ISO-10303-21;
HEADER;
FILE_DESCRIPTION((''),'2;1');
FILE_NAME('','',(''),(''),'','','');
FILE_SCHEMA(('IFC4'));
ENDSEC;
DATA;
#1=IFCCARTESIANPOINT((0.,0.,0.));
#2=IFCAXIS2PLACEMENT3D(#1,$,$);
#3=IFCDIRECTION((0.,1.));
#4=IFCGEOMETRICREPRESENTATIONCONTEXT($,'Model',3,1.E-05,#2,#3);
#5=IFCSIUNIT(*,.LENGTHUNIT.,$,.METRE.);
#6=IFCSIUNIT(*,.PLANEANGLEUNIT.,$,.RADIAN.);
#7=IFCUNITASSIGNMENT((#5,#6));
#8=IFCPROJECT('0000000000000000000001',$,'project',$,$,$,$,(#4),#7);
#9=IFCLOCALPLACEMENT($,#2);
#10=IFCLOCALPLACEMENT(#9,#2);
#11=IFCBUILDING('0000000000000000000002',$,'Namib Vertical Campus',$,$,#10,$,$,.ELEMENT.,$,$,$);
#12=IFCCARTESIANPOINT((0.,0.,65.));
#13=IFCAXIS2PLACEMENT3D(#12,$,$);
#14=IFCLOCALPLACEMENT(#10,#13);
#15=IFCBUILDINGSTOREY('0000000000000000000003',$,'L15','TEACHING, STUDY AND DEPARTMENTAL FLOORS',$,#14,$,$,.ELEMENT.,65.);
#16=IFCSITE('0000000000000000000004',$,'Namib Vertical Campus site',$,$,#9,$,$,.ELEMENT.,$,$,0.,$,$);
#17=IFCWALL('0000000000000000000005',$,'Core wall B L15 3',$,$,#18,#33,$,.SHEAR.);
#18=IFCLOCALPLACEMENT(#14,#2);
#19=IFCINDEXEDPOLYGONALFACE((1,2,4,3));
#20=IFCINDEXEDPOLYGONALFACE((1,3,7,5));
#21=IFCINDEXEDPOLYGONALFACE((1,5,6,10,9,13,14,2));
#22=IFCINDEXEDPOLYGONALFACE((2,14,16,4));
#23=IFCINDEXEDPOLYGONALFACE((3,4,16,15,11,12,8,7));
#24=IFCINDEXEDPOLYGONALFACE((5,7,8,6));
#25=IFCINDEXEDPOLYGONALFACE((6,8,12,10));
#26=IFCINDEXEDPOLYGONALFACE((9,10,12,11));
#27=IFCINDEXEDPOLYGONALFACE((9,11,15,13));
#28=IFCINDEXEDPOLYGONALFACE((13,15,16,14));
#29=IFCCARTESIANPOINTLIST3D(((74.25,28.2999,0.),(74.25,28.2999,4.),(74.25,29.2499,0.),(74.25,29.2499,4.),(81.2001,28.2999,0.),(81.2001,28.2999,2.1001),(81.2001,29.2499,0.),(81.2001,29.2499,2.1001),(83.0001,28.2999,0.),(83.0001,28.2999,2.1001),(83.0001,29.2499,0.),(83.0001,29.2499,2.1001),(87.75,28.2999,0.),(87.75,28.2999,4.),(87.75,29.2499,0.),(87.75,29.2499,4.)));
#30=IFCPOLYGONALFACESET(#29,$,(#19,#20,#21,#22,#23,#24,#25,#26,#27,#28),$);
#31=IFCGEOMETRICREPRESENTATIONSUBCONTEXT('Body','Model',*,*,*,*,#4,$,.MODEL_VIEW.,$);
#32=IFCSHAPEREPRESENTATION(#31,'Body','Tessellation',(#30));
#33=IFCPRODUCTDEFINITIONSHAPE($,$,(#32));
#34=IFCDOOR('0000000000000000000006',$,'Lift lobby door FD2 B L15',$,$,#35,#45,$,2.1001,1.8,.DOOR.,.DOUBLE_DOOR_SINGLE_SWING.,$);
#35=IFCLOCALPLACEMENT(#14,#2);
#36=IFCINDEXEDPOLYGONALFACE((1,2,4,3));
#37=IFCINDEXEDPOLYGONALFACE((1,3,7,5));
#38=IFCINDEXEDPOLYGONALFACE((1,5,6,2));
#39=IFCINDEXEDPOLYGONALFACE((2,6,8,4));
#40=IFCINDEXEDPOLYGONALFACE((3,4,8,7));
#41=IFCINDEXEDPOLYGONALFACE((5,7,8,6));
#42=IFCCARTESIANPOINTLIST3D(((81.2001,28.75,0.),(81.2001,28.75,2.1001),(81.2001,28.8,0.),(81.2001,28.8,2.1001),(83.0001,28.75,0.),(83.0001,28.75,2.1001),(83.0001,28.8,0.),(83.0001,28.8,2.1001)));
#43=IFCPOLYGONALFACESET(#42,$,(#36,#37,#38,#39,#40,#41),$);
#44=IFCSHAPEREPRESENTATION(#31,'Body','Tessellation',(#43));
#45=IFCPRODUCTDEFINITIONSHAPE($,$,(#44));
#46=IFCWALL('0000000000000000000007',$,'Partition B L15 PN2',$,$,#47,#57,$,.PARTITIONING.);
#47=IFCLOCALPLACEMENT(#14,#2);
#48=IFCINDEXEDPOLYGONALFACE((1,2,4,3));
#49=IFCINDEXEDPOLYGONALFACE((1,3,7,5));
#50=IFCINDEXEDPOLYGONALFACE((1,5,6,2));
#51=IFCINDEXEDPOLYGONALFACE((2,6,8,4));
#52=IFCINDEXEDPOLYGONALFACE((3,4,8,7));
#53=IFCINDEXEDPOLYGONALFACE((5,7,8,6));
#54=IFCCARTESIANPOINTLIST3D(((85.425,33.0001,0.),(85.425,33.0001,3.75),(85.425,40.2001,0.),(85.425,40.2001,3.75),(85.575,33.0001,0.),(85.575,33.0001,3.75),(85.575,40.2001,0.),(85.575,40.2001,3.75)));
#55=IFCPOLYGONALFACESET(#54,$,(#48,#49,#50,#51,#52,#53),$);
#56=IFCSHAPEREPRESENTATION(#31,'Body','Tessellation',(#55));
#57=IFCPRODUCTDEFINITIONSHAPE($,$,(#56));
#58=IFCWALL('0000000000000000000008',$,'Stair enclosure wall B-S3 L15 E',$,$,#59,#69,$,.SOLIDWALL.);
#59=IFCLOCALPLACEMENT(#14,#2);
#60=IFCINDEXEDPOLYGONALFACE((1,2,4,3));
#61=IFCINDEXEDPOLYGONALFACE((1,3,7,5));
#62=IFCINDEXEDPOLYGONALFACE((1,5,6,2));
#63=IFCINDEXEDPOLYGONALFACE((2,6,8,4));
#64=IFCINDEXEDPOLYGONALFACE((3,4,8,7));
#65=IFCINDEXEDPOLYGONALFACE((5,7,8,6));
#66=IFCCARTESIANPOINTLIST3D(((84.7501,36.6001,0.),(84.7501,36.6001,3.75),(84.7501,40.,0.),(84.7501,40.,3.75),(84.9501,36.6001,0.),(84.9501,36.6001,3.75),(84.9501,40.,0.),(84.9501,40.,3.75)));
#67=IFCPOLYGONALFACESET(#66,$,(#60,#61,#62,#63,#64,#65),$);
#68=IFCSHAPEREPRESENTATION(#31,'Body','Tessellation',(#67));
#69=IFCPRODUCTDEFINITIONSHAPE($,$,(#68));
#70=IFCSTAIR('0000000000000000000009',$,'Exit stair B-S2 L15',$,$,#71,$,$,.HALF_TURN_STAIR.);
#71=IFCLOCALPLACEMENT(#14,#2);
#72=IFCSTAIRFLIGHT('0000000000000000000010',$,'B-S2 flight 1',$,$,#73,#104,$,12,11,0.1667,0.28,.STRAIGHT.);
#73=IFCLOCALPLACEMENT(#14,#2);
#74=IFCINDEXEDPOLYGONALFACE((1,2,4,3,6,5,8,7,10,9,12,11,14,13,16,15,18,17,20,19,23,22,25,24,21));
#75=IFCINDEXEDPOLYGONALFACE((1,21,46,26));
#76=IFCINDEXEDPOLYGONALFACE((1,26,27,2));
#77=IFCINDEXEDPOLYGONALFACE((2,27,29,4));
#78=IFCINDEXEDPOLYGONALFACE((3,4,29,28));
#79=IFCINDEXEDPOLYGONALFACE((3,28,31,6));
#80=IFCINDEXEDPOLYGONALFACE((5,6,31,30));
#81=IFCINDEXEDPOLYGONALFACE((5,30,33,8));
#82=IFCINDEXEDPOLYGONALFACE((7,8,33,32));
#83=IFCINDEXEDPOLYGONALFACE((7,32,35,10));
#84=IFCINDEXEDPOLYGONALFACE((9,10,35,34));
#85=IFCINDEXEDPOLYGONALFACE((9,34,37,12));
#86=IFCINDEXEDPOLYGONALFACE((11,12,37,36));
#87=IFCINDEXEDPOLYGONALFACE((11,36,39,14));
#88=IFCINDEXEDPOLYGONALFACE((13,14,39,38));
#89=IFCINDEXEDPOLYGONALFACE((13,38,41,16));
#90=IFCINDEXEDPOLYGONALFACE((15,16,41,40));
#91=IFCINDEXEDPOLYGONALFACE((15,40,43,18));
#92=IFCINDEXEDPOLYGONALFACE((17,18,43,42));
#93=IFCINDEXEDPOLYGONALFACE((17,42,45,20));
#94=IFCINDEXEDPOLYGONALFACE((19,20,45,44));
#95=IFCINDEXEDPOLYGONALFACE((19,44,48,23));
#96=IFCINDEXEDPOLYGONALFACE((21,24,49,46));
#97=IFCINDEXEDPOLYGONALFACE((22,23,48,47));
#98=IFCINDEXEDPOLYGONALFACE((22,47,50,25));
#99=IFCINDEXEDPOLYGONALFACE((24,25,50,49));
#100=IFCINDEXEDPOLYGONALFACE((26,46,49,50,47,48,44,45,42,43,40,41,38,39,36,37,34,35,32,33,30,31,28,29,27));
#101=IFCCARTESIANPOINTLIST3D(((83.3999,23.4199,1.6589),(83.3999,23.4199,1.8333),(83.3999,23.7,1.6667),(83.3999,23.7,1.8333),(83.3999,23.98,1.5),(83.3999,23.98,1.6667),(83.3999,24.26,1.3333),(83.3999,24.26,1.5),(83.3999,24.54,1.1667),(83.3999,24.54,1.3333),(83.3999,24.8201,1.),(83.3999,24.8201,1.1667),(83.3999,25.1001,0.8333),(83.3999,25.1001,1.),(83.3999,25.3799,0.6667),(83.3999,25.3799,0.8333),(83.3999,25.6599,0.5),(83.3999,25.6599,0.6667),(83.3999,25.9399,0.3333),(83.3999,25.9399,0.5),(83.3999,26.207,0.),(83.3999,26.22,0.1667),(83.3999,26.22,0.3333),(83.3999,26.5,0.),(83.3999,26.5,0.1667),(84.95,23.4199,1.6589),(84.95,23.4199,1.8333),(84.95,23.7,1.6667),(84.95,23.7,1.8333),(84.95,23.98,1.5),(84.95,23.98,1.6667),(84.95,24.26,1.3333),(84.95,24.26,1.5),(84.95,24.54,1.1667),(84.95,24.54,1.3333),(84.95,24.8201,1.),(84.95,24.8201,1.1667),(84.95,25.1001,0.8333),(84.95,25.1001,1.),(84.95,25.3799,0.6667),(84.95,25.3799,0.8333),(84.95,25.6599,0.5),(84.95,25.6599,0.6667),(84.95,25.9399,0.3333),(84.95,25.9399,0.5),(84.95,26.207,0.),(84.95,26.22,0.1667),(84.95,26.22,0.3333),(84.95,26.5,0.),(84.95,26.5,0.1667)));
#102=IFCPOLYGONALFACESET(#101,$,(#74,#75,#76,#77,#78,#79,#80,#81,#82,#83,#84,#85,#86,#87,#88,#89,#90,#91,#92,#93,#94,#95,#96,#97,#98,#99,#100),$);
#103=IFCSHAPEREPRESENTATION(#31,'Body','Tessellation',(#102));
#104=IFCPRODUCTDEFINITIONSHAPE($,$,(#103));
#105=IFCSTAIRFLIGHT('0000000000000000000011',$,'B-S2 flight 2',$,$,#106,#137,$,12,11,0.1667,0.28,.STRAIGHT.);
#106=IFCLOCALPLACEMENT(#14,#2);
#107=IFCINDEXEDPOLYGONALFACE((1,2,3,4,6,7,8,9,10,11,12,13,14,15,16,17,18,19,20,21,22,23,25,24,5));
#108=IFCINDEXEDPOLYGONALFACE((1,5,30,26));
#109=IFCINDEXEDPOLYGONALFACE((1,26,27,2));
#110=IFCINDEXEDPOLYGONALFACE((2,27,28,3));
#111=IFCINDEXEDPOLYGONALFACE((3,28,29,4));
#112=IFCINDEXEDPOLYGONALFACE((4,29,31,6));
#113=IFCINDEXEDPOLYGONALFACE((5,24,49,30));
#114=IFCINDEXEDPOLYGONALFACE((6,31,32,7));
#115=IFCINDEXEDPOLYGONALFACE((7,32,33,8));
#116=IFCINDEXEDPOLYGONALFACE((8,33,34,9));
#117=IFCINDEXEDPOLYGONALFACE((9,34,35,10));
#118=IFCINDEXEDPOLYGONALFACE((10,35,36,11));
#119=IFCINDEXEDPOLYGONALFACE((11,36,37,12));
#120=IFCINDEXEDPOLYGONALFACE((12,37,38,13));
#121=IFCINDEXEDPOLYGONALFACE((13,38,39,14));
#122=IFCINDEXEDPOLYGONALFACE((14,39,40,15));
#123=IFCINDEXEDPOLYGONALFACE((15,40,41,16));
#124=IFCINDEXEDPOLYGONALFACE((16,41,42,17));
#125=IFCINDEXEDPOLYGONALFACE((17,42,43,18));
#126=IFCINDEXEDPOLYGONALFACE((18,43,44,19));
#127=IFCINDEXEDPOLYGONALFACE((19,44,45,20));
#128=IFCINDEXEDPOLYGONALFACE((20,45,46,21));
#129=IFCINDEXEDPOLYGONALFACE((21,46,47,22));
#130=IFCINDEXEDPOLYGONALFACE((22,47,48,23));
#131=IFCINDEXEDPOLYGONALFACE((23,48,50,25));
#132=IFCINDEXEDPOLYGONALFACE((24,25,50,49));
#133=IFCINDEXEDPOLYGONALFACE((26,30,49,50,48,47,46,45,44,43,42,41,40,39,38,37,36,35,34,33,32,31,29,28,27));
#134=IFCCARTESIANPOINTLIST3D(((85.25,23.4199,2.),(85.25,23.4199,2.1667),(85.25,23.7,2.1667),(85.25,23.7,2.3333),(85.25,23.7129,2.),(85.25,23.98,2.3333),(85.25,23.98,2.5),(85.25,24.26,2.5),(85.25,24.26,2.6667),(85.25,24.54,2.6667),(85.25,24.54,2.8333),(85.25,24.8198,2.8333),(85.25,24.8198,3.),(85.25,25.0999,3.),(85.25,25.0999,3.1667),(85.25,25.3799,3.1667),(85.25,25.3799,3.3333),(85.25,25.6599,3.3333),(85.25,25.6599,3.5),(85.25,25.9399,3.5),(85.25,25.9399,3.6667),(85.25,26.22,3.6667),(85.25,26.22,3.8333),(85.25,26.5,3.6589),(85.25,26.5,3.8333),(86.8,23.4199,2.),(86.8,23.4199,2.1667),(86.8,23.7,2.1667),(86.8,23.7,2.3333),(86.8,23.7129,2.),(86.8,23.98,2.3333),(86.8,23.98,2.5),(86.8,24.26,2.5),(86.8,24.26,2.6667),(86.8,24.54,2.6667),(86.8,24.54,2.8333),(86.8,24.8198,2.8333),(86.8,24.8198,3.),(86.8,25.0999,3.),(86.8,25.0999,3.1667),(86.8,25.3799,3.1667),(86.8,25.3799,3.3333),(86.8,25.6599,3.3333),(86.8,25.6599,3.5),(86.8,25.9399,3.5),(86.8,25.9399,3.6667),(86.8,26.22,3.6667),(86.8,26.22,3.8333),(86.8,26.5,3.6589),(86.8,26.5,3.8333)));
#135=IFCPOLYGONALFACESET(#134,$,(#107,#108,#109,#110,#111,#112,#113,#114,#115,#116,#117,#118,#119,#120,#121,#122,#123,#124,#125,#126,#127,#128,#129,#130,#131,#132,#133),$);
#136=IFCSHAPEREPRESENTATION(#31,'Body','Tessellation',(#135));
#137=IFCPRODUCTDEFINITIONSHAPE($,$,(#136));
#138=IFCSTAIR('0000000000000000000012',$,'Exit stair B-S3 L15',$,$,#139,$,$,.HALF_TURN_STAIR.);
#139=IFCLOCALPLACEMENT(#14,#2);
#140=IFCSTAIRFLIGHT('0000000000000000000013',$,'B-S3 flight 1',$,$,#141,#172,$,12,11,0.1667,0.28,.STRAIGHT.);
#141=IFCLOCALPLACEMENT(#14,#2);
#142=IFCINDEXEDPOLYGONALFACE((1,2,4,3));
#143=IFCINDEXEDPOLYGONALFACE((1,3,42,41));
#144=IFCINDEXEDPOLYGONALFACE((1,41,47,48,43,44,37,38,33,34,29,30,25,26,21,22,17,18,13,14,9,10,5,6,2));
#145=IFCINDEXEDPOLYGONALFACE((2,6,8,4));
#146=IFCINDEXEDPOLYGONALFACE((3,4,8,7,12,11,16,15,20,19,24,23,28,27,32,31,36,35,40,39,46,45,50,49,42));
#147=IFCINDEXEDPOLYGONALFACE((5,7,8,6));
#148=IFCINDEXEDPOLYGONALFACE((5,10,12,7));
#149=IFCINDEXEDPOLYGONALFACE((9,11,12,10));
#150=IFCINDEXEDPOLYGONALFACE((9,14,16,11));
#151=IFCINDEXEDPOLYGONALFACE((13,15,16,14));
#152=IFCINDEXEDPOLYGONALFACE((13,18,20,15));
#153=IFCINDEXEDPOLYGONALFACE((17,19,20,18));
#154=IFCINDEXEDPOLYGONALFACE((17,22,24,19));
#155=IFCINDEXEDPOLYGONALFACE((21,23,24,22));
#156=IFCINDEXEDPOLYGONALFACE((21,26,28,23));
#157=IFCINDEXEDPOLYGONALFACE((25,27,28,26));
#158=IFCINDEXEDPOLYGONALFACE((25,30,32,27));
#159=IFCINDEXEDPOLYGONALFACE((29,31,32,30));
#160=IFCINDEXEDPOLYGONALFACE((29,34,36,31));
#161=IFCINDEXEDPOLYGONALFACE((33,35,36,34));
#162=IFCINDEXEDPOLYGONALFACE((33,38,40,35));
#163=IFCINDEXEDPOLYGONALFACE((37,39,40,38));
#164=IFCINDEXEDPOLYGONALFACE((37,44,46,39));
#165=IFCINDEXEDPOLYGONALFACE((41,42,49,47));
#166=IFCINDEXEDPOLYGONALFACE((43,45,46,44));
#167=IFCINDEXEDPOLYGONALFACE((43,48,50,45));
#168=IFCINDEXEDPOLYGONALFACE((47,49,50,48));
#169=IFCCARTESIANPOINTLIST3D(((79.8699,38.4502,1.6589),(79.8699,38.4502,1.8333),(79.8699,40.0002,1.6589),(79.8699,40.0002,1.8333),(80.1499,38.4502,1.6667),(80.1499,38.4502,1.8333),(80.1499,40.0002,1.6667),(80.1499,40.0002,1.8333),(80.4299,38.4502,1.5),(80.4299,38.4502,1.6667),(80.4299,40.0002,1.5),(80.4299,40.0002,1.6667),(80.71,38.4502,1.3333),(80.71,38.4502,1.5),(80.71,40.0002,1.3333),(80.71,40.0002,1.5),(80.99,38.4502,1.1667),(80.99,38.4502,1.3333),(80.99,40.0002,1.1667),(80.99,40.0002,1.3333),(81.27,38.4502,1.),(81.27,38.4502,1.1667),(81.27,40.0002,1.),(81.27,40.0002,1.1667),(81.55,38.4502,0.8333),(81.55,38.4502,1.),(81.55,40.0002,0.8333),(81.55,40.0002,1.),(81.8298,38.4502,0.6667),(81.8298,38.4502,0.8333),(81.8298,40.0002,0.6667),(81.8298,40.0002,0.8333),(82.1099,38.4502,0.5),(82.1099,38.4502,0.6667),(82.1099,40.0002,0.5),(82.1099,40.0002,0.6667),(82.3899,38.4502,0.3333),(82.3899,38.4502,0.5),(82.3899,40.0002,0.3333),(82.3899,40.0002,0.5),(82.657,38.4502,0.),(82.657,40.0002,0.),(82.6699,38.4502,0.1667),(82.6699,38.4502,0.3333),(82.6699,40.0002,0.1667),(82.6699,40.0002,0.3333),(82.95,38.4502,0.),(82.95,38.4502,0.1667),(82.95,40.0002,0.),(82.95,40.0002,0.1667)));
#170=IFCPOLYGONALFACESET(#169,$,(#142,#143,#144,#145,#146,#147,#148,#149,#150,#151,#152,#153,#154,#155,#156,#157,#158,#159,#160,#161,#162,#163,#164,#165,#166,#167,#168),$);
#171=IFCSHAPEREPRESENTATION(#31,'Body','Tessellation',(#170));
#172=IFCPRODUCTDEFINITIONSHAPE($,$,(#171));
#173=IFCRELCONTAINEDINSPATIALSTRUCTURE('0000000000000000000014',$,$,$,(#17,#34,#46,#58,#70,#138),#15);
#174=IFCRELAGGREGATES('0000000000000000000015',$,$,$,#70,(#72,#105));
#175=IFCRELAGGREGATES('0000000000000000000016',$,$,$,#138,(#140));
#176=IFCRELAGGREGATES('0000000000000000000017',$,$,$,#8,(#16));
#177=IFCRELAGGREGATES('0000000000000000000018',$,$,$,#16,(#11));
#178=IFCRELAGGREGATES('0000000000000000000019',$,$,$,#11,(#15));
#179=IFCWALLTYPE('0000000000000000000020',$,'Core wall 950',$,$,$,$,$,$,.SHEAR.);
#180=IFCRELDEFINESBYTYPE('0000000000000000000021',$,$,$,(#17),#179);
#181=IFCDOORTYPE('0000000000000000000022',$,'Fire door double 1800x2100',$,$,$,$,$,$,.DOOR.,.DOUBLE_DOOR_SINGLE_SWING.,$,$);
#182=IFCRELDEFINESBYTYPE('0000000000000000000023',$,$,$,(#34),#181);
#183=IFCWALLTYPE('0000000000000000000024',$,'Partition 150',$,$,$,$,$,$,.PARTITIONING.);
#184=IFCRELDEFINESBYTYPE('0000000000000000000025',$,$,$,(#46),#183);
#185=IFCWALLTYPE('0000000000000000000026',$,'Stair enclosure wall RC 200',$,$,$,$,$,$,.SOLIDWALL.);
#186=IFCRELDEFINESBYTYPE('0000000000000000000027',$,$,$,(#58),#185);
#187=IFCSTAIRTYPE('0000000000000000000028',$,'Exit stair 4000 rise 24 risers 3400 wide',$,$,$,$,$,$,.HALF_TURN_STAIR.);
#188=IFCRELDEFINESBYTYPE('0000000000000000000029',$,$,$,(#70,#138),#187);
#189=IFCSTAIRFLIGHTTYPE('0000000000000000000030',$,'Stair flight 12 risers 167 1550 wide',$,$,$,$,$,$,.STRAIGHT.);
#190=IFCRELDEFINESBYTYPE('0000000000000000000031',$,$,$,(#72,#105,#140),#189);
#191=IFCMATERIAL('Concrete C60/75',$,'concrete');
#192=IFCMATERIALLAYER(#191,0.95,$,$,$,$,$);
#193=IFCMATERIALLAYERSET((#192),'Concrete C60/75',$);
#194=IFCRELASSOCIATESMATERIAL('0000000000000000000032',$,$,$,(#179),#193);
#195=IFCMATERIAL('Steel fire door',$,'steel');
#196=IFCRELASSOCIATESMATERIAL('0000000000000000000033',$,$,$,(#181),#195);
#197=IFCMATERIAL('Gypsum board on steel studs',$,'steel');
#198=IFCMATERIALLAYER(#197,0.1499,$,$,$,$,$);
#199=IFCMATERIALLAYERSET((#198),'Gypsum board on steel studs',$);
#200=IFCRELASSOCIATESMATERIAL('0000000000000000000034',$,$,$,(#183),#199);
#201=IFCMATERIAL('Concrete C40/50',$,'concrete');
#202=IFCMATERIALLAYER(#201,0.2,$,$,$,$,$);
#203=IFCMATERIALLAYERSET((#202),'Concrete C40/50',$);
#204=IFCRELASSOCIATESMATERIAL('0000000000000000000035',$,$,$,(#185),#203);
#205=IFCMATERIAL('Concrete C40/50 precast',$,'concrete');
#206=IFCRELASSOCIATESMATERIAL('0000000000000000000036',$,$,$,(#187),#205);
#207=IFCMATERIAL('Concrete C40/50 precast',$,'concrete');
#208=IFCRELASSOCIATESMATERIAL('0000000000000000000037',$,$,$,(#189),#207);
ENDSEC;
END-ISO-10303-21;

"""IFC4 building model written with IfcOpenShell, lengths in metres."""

from ifc_helpers import new_model, si_unit, direction, frame, frame_2d, origin, place, context, subcontext, project, spatial, polyline, rectangle, outline, extrude, material, layer, layer_set, type_object, element, fill, aggregate, save


model = new_model("IFC4")

# Units and contexts
model_context = context("Model", 3, precision=1e-05, world=origin(), true_north=direction((0.0, 1.0)))
body_context = subcontext(model_context, "Body", "Model", "MODEL_VIEW")
ifc_project = project(units=[si_unit("LENGTHUNIT", "METRE"), si_unit("PLANEANGLEUNIT", "RADIAN")], contexts=[model_context])

# Site, building, storey
site_placement = place(None, origin())
site = spatial("IfcSite", under=ifc_project, at=site_placement, Name="Namib Vertical Campus site", CompositionType="ELEMENT", RefElevation=0.0)
building_placement = place(site_placement, origin())
building = spatial("IfcBuilding", under=site, at=building_placement, Name="Namib Vertical Campus", CompositionType="ELEMENT")
storey_placement = place(building_placement, frame((0.0, 0.0, 65.0)))
storey = spatial("IfcBuildingStorey", under=building, at=storey_placement, Name="L15", Description="TEACHING, STUDY AND DEPARTMENTAL FLOORS", CompositionType="ELEMENT", Elevation=65.0)

# Wall, opening, door
ifc_material_1 = material(Name="Concrete C60/75", Category="concrete")
ifc_layer_1 = layer(ifc_material_1, 0.95)
ifc_layer_set_1 = layer_set([ifc_layer_1], Name="Concrete C60/75")
wall_type_1 = type_object("IfcWallType", Name="Core wall 950", PredefinedType="SHEAR", material=ifc_layer_set_1)
wall_1_placement = place(storey_placement, frame((87.75, 28.7749, 0.0), z_axis=(0.0, 0.0, 1.0), x_axis=(-1.0, 0.0, 0.0)))
wall_1 = element("IfcWall", 1, at=wall_1_placement, inside=storey, type_object=wall_type_1, Name="Core wall B L15 3", PredefinedType="SHEAR", context=body_context, shape_type="SweptSolid", body=[
    extrude(rectangle(XDim=13.5, YDim=0.95, at=frame_2d((6.75, 0.0))), origin(), (0.0, 0.0, 1.0), 4.0),
])
opening_placement = place(wall_1_placement, frame((4.75, 0.0, 0.0)))
opening = element("IfcOpeningElement", 2, at=opening_placement, cuts=wall_1, PredefinedType="OPENING", context=body_context, shape_type="SweptSolid", body=[
    extrude(rectangle(XDim=1.8, YDim=2.1001, at=frame_2d((0.8999, 1.05))), frame((0.0, 0.4849, 0.0), z_axis=(0.0, -1.0, 0.0), x_axis=(1.0, 0.0, 0.0)), (0.0, 0.0, 1.0), 0.97),
])
ifc_material_2 = material(Name="Steel fire door", Category="steel")
door_type = type_object("IfcDoorType", Name="Fire door double 1800x2100", OperationType="DOUBLE_DOOR_SINGLE_SWING", PredefinedType="DOOR", material=ifc_material_2)
door_placement = place(opening_placement, origin())
door = element("IfcDoor", 3, at=door_placement, inside=storey, type_object=door_type, Name="Lift lobby door FD2 B L15", OperationType="DOUBLE_DOOR_SINGLE_SWING", OverallHeight=2.1001, OverallWidth=1.8, PredefinedType="DOOR", context=body_context, shape_type="SweptSolid", body=[
    extrude(rectangle(XDim=1.8, YDim=2.1001, at=frame_2d((0.8999, 1.05))), frame((0.0, 0.0249, 0.0), z_axis=(0.0, -1.0, 0.0), x_axis=(1.0, 0.0, 0.0)), (0.0, 0.0, 1.0), 0.05),
])
fill(opening, door)

# Walls
ifc_material_3 = material(Name="Gypsum board on steel studs", Category="steel")
ifc_layer_2 = layer(ifc_material_3, 0.1499)
ifc_layer_set_2 = layer_set([ifc_layer_2], Name="Gypsum board on steel studs")
wall_type_2 = type_object("IfcWallType", Name="Partition 150", PredefinedType="PARTITIONING", material=ifc_layer_set_2)
wall_2_placement = place(storey_placement, frame((85.5, 33.0, 0.0), z_axis=(0.0, 0.0, 1.0), x_axis=(0.0, 1.0, 0.0)))
element("IfcWall", 4, at=wall_2_placement, inside=storey, type_object=wall_type_2, Name="Partition B L15 PN2", PredefinedType="PARTITIONING", context=body_context, shape_type="SweptSolid", body=[
    extrude(rectangle(XDim=7.2, YDim=0.1499, at=frame_2d((3.6001, 0.0))), origin(), (0.0, 0.0, 1.0), 3.75),
])
ifc_material_4 = material(Name="Concrete C40/50", Category="concrete")
ifc_layer_3 = layer(ifc_material_4, 0.2)
ifc_layer_set_3 = layer_set([ifc_layer_3], Name="Concrete C40/50")
wall_type_3 = type_object("IfcWallType", Name="Stair enclosure wall RC 200", PredefinedType="SOLIDWALL", material=ifc_layer_set_3)
wall_3_placement = place(storey_placement, frame((84.8501, 36.6001, 0.0), z_axis=(0.0, 0.0, 1.0), x_axis=(0.0, 1.0, 0.0)))
element("IfcWall", 5, at=wall_3_placement, inside=storey, type_object=wall_type_3, Name="Stair enclosure wall B-S3 L15 E", PredefinedType="SOLIDWALL", context=body_context, shape_type="SweptSolid", body=[
    extrude(rectangle(XDim=3.3999, YDim=0.2, at=frame_2d((1.7, 0.0))), origin(), (0.0, 0.0, 1.0), 3.75),
])

# Stair, stair flights
ifc_material_5 = material(Name="Concrete C40/50 precast", Category="concrete")
stair_type = type_object("IfcStairType", Name="Exit stair 4000 rise 24 risers 3400 wide", PredefinedType="HALF_TURN_STAIR", material=ifc_material_5)
stair_1_placement = place(storey_placement, origin())
stair_1 = element("IfcStair", 6, at=stair_1_placement, inside=storey, type_object=stair_type, Name="Exit stair B-S2 L15", PredefinedType="HALF_TURN_STAIR")
ifc_material_6 = material(Name="Concrete C40/50 precast", Category="concrete")
stair_flight_type = type_object("IfcStairFlightType", Name="Stair flight 12 risers 167 1550 wide", PredefinedType="STRAIGHT", material=ifc_material_6)
stair_flight_1_placement = place(storey_placement, frame((84.175, 26.5, 0.0), z_axis=(0.0, 0.0, 1.0), x_axis=(0.0, -1.0, 0.0)))
stair_flight_1 = element("IfcStairFlight", 7, at=stair_flight_1_placement, type_object=stair_flight_type, Name="B-S2 flight 1", NumberOfRisers=12, NumberOfTreads=11, PredefinedType="STRAIGHT", RiserHeight=0.1667, TreadLength=0.28, context=body_context, shape_type="SweptSolid", body=[
    extrude(outline(polyline([(0.0, 0.0), (0.0, 0.1667), (0.28, 0.1667), (0.28, 0.3333), (0.5601, 0.3333), (0.5601, 0.5), (0.8401, 0.5), (0.8401, 0.6667), (1.1201, 0.6667), (1.1201, 0.8333), (1.3999, 0.8333), (1.3999, 1.0), (1.6799, 1.0), (1.6799, 1.1667), (1.96, 1.1667), (1.96, 1.3333), (2.24, 1.3333), (2.24, 1.5), (2.52, 1.5), (2.52, 1.6667), (2.8, 1.6667), (2.8, 1.8333), (3.0801, 1.8333), (3.0801, 2.0), (3.0801, 1.6589), (0.293, 0.0), (0.0, 0.0)])), frame((0.0, 0.7749, 0.0), z_axis=(0.0, -1.0, 0.0), x_axis=(1.0, 0.0, 0.0)), (0.0, 0.0, 1.0), 1.55),
])
stair_flight_2_placement = place(storey_placement, frame((86.0249, 23.4199, 2.0), z_axis=(0.0, 0.0, 1.0), x_axis=(0.0, 1.0, 0.0)))
stair_flight_2 = element("IfcStairFlight", 8, at=stair_flight_2_placement, type_object=stair_flight_type, Name="B-S2 flight 2", NumberOfRisers=12, NumberOfTreads=11, PredefinedType="STRAIGHT", RiserHeight=0.1667, TreadLength=0.28, context=body_context, shape_type="SweptSolid", body=[
    extrude(outline(polyline([(0.0, 0.0), (0.0, 0.1667), (0.28, 0.1667), (0.28, 0.3333), (0.5601, 0.3333), (0.5601, 0.5), (0.8401, 0.5), (0.8401, 0.6667), (1.1201, 0.6667), (1.1201, 0.8333), (1.3999, 0.8333), (1.3999, 1.0), (1.6799, 1.0), (1.6799, 1.1667), (1.96, 1.1667), (1.96, 1.3333), (2.24, 1.3333), (2.24, 1.5), (2.52, 1.5), (2.52, 1.6667), (2.8, 1.6667), (2.8, 1.8333), (3.0801, 1.8333), (3.0801, 2.0), (3.0801, 1.6589), (0.293, 0.0), (0.0, 0.0)])), frame((0.0, 0.7749, 0.0), z_axis=(0.0, -1.0, 0.0), x_axis=(1.0, 0.0, 0.0)), (0.0, 0.0, 1.0), 1.55),
])
aggregate(stair_1, [stair_flight_1, stair_flight_2])

# Stair, stair flight
stair_2_placement = place(storey_placement, origin())
stair_2 = element("IfcStair", 9, at=stair_2_placement, inside=storey, type_object=stair_type, Name="Exit stair B-S3 L15", PredefinedType="HALF_TURN_STAIR")
stair_flight_3_placement = place(storey_placement, frame((82.95, 39.2251, 0.0), z_axis=(0.0, 0.0, 1.0), x_axis=(-1.0, 0.0, 0.0)))
stair_flight_3 = element("IfcStairFlight", 10, at=stair_flight_3_placement, type_object=stair_flight_type, Name="B-S3 flight 1", NumberOfRisers=12, NumberOfTreads=11, PredefinedType="STRAIGHT", RiserHeight=0.1667, TreadLength=0.28, context=body_context, shape_type="SweptSolid", body=[
    extrude(outline(polyline([(0.0, 0.0), (0.0, 0.1667), (0.28, 0.1667), (0.28, 0.3333), (0.5601, 0.3333), (0.5601, 0.5), (0.8401, 0.5), (0.8401, 0.6667), (1.1201, 0.6667), (1.1201, 0.8333), (1.3999, 0.8333), (1.3999, 1.0), (1.6799, 1.0), (1.6799, 1.1667), (1.96, 1.1667), (1.96, 1.3333), (2.24, 1.3333), (2.24, 1.5), (2.52, 1.5), (2.52, 1.6667), (2.8, 1.6667), (2.8, 1.8333), (3.0801, 1.8333), (3.0801, 2.0), (3.0801, 1.6589), (0.293, 0.0), (0.0, 0.0)])), frame((0.0, 0.7749, 0.0), z_axis=(0.0, -1.0, 0.0), x_axis=(1.0, 0.0, 0.0)), (0.0, 0.0, 1.0), 1.55),
])
aggregate(stair_2, [stair_flight_3])

save(model, "model.ifc")
